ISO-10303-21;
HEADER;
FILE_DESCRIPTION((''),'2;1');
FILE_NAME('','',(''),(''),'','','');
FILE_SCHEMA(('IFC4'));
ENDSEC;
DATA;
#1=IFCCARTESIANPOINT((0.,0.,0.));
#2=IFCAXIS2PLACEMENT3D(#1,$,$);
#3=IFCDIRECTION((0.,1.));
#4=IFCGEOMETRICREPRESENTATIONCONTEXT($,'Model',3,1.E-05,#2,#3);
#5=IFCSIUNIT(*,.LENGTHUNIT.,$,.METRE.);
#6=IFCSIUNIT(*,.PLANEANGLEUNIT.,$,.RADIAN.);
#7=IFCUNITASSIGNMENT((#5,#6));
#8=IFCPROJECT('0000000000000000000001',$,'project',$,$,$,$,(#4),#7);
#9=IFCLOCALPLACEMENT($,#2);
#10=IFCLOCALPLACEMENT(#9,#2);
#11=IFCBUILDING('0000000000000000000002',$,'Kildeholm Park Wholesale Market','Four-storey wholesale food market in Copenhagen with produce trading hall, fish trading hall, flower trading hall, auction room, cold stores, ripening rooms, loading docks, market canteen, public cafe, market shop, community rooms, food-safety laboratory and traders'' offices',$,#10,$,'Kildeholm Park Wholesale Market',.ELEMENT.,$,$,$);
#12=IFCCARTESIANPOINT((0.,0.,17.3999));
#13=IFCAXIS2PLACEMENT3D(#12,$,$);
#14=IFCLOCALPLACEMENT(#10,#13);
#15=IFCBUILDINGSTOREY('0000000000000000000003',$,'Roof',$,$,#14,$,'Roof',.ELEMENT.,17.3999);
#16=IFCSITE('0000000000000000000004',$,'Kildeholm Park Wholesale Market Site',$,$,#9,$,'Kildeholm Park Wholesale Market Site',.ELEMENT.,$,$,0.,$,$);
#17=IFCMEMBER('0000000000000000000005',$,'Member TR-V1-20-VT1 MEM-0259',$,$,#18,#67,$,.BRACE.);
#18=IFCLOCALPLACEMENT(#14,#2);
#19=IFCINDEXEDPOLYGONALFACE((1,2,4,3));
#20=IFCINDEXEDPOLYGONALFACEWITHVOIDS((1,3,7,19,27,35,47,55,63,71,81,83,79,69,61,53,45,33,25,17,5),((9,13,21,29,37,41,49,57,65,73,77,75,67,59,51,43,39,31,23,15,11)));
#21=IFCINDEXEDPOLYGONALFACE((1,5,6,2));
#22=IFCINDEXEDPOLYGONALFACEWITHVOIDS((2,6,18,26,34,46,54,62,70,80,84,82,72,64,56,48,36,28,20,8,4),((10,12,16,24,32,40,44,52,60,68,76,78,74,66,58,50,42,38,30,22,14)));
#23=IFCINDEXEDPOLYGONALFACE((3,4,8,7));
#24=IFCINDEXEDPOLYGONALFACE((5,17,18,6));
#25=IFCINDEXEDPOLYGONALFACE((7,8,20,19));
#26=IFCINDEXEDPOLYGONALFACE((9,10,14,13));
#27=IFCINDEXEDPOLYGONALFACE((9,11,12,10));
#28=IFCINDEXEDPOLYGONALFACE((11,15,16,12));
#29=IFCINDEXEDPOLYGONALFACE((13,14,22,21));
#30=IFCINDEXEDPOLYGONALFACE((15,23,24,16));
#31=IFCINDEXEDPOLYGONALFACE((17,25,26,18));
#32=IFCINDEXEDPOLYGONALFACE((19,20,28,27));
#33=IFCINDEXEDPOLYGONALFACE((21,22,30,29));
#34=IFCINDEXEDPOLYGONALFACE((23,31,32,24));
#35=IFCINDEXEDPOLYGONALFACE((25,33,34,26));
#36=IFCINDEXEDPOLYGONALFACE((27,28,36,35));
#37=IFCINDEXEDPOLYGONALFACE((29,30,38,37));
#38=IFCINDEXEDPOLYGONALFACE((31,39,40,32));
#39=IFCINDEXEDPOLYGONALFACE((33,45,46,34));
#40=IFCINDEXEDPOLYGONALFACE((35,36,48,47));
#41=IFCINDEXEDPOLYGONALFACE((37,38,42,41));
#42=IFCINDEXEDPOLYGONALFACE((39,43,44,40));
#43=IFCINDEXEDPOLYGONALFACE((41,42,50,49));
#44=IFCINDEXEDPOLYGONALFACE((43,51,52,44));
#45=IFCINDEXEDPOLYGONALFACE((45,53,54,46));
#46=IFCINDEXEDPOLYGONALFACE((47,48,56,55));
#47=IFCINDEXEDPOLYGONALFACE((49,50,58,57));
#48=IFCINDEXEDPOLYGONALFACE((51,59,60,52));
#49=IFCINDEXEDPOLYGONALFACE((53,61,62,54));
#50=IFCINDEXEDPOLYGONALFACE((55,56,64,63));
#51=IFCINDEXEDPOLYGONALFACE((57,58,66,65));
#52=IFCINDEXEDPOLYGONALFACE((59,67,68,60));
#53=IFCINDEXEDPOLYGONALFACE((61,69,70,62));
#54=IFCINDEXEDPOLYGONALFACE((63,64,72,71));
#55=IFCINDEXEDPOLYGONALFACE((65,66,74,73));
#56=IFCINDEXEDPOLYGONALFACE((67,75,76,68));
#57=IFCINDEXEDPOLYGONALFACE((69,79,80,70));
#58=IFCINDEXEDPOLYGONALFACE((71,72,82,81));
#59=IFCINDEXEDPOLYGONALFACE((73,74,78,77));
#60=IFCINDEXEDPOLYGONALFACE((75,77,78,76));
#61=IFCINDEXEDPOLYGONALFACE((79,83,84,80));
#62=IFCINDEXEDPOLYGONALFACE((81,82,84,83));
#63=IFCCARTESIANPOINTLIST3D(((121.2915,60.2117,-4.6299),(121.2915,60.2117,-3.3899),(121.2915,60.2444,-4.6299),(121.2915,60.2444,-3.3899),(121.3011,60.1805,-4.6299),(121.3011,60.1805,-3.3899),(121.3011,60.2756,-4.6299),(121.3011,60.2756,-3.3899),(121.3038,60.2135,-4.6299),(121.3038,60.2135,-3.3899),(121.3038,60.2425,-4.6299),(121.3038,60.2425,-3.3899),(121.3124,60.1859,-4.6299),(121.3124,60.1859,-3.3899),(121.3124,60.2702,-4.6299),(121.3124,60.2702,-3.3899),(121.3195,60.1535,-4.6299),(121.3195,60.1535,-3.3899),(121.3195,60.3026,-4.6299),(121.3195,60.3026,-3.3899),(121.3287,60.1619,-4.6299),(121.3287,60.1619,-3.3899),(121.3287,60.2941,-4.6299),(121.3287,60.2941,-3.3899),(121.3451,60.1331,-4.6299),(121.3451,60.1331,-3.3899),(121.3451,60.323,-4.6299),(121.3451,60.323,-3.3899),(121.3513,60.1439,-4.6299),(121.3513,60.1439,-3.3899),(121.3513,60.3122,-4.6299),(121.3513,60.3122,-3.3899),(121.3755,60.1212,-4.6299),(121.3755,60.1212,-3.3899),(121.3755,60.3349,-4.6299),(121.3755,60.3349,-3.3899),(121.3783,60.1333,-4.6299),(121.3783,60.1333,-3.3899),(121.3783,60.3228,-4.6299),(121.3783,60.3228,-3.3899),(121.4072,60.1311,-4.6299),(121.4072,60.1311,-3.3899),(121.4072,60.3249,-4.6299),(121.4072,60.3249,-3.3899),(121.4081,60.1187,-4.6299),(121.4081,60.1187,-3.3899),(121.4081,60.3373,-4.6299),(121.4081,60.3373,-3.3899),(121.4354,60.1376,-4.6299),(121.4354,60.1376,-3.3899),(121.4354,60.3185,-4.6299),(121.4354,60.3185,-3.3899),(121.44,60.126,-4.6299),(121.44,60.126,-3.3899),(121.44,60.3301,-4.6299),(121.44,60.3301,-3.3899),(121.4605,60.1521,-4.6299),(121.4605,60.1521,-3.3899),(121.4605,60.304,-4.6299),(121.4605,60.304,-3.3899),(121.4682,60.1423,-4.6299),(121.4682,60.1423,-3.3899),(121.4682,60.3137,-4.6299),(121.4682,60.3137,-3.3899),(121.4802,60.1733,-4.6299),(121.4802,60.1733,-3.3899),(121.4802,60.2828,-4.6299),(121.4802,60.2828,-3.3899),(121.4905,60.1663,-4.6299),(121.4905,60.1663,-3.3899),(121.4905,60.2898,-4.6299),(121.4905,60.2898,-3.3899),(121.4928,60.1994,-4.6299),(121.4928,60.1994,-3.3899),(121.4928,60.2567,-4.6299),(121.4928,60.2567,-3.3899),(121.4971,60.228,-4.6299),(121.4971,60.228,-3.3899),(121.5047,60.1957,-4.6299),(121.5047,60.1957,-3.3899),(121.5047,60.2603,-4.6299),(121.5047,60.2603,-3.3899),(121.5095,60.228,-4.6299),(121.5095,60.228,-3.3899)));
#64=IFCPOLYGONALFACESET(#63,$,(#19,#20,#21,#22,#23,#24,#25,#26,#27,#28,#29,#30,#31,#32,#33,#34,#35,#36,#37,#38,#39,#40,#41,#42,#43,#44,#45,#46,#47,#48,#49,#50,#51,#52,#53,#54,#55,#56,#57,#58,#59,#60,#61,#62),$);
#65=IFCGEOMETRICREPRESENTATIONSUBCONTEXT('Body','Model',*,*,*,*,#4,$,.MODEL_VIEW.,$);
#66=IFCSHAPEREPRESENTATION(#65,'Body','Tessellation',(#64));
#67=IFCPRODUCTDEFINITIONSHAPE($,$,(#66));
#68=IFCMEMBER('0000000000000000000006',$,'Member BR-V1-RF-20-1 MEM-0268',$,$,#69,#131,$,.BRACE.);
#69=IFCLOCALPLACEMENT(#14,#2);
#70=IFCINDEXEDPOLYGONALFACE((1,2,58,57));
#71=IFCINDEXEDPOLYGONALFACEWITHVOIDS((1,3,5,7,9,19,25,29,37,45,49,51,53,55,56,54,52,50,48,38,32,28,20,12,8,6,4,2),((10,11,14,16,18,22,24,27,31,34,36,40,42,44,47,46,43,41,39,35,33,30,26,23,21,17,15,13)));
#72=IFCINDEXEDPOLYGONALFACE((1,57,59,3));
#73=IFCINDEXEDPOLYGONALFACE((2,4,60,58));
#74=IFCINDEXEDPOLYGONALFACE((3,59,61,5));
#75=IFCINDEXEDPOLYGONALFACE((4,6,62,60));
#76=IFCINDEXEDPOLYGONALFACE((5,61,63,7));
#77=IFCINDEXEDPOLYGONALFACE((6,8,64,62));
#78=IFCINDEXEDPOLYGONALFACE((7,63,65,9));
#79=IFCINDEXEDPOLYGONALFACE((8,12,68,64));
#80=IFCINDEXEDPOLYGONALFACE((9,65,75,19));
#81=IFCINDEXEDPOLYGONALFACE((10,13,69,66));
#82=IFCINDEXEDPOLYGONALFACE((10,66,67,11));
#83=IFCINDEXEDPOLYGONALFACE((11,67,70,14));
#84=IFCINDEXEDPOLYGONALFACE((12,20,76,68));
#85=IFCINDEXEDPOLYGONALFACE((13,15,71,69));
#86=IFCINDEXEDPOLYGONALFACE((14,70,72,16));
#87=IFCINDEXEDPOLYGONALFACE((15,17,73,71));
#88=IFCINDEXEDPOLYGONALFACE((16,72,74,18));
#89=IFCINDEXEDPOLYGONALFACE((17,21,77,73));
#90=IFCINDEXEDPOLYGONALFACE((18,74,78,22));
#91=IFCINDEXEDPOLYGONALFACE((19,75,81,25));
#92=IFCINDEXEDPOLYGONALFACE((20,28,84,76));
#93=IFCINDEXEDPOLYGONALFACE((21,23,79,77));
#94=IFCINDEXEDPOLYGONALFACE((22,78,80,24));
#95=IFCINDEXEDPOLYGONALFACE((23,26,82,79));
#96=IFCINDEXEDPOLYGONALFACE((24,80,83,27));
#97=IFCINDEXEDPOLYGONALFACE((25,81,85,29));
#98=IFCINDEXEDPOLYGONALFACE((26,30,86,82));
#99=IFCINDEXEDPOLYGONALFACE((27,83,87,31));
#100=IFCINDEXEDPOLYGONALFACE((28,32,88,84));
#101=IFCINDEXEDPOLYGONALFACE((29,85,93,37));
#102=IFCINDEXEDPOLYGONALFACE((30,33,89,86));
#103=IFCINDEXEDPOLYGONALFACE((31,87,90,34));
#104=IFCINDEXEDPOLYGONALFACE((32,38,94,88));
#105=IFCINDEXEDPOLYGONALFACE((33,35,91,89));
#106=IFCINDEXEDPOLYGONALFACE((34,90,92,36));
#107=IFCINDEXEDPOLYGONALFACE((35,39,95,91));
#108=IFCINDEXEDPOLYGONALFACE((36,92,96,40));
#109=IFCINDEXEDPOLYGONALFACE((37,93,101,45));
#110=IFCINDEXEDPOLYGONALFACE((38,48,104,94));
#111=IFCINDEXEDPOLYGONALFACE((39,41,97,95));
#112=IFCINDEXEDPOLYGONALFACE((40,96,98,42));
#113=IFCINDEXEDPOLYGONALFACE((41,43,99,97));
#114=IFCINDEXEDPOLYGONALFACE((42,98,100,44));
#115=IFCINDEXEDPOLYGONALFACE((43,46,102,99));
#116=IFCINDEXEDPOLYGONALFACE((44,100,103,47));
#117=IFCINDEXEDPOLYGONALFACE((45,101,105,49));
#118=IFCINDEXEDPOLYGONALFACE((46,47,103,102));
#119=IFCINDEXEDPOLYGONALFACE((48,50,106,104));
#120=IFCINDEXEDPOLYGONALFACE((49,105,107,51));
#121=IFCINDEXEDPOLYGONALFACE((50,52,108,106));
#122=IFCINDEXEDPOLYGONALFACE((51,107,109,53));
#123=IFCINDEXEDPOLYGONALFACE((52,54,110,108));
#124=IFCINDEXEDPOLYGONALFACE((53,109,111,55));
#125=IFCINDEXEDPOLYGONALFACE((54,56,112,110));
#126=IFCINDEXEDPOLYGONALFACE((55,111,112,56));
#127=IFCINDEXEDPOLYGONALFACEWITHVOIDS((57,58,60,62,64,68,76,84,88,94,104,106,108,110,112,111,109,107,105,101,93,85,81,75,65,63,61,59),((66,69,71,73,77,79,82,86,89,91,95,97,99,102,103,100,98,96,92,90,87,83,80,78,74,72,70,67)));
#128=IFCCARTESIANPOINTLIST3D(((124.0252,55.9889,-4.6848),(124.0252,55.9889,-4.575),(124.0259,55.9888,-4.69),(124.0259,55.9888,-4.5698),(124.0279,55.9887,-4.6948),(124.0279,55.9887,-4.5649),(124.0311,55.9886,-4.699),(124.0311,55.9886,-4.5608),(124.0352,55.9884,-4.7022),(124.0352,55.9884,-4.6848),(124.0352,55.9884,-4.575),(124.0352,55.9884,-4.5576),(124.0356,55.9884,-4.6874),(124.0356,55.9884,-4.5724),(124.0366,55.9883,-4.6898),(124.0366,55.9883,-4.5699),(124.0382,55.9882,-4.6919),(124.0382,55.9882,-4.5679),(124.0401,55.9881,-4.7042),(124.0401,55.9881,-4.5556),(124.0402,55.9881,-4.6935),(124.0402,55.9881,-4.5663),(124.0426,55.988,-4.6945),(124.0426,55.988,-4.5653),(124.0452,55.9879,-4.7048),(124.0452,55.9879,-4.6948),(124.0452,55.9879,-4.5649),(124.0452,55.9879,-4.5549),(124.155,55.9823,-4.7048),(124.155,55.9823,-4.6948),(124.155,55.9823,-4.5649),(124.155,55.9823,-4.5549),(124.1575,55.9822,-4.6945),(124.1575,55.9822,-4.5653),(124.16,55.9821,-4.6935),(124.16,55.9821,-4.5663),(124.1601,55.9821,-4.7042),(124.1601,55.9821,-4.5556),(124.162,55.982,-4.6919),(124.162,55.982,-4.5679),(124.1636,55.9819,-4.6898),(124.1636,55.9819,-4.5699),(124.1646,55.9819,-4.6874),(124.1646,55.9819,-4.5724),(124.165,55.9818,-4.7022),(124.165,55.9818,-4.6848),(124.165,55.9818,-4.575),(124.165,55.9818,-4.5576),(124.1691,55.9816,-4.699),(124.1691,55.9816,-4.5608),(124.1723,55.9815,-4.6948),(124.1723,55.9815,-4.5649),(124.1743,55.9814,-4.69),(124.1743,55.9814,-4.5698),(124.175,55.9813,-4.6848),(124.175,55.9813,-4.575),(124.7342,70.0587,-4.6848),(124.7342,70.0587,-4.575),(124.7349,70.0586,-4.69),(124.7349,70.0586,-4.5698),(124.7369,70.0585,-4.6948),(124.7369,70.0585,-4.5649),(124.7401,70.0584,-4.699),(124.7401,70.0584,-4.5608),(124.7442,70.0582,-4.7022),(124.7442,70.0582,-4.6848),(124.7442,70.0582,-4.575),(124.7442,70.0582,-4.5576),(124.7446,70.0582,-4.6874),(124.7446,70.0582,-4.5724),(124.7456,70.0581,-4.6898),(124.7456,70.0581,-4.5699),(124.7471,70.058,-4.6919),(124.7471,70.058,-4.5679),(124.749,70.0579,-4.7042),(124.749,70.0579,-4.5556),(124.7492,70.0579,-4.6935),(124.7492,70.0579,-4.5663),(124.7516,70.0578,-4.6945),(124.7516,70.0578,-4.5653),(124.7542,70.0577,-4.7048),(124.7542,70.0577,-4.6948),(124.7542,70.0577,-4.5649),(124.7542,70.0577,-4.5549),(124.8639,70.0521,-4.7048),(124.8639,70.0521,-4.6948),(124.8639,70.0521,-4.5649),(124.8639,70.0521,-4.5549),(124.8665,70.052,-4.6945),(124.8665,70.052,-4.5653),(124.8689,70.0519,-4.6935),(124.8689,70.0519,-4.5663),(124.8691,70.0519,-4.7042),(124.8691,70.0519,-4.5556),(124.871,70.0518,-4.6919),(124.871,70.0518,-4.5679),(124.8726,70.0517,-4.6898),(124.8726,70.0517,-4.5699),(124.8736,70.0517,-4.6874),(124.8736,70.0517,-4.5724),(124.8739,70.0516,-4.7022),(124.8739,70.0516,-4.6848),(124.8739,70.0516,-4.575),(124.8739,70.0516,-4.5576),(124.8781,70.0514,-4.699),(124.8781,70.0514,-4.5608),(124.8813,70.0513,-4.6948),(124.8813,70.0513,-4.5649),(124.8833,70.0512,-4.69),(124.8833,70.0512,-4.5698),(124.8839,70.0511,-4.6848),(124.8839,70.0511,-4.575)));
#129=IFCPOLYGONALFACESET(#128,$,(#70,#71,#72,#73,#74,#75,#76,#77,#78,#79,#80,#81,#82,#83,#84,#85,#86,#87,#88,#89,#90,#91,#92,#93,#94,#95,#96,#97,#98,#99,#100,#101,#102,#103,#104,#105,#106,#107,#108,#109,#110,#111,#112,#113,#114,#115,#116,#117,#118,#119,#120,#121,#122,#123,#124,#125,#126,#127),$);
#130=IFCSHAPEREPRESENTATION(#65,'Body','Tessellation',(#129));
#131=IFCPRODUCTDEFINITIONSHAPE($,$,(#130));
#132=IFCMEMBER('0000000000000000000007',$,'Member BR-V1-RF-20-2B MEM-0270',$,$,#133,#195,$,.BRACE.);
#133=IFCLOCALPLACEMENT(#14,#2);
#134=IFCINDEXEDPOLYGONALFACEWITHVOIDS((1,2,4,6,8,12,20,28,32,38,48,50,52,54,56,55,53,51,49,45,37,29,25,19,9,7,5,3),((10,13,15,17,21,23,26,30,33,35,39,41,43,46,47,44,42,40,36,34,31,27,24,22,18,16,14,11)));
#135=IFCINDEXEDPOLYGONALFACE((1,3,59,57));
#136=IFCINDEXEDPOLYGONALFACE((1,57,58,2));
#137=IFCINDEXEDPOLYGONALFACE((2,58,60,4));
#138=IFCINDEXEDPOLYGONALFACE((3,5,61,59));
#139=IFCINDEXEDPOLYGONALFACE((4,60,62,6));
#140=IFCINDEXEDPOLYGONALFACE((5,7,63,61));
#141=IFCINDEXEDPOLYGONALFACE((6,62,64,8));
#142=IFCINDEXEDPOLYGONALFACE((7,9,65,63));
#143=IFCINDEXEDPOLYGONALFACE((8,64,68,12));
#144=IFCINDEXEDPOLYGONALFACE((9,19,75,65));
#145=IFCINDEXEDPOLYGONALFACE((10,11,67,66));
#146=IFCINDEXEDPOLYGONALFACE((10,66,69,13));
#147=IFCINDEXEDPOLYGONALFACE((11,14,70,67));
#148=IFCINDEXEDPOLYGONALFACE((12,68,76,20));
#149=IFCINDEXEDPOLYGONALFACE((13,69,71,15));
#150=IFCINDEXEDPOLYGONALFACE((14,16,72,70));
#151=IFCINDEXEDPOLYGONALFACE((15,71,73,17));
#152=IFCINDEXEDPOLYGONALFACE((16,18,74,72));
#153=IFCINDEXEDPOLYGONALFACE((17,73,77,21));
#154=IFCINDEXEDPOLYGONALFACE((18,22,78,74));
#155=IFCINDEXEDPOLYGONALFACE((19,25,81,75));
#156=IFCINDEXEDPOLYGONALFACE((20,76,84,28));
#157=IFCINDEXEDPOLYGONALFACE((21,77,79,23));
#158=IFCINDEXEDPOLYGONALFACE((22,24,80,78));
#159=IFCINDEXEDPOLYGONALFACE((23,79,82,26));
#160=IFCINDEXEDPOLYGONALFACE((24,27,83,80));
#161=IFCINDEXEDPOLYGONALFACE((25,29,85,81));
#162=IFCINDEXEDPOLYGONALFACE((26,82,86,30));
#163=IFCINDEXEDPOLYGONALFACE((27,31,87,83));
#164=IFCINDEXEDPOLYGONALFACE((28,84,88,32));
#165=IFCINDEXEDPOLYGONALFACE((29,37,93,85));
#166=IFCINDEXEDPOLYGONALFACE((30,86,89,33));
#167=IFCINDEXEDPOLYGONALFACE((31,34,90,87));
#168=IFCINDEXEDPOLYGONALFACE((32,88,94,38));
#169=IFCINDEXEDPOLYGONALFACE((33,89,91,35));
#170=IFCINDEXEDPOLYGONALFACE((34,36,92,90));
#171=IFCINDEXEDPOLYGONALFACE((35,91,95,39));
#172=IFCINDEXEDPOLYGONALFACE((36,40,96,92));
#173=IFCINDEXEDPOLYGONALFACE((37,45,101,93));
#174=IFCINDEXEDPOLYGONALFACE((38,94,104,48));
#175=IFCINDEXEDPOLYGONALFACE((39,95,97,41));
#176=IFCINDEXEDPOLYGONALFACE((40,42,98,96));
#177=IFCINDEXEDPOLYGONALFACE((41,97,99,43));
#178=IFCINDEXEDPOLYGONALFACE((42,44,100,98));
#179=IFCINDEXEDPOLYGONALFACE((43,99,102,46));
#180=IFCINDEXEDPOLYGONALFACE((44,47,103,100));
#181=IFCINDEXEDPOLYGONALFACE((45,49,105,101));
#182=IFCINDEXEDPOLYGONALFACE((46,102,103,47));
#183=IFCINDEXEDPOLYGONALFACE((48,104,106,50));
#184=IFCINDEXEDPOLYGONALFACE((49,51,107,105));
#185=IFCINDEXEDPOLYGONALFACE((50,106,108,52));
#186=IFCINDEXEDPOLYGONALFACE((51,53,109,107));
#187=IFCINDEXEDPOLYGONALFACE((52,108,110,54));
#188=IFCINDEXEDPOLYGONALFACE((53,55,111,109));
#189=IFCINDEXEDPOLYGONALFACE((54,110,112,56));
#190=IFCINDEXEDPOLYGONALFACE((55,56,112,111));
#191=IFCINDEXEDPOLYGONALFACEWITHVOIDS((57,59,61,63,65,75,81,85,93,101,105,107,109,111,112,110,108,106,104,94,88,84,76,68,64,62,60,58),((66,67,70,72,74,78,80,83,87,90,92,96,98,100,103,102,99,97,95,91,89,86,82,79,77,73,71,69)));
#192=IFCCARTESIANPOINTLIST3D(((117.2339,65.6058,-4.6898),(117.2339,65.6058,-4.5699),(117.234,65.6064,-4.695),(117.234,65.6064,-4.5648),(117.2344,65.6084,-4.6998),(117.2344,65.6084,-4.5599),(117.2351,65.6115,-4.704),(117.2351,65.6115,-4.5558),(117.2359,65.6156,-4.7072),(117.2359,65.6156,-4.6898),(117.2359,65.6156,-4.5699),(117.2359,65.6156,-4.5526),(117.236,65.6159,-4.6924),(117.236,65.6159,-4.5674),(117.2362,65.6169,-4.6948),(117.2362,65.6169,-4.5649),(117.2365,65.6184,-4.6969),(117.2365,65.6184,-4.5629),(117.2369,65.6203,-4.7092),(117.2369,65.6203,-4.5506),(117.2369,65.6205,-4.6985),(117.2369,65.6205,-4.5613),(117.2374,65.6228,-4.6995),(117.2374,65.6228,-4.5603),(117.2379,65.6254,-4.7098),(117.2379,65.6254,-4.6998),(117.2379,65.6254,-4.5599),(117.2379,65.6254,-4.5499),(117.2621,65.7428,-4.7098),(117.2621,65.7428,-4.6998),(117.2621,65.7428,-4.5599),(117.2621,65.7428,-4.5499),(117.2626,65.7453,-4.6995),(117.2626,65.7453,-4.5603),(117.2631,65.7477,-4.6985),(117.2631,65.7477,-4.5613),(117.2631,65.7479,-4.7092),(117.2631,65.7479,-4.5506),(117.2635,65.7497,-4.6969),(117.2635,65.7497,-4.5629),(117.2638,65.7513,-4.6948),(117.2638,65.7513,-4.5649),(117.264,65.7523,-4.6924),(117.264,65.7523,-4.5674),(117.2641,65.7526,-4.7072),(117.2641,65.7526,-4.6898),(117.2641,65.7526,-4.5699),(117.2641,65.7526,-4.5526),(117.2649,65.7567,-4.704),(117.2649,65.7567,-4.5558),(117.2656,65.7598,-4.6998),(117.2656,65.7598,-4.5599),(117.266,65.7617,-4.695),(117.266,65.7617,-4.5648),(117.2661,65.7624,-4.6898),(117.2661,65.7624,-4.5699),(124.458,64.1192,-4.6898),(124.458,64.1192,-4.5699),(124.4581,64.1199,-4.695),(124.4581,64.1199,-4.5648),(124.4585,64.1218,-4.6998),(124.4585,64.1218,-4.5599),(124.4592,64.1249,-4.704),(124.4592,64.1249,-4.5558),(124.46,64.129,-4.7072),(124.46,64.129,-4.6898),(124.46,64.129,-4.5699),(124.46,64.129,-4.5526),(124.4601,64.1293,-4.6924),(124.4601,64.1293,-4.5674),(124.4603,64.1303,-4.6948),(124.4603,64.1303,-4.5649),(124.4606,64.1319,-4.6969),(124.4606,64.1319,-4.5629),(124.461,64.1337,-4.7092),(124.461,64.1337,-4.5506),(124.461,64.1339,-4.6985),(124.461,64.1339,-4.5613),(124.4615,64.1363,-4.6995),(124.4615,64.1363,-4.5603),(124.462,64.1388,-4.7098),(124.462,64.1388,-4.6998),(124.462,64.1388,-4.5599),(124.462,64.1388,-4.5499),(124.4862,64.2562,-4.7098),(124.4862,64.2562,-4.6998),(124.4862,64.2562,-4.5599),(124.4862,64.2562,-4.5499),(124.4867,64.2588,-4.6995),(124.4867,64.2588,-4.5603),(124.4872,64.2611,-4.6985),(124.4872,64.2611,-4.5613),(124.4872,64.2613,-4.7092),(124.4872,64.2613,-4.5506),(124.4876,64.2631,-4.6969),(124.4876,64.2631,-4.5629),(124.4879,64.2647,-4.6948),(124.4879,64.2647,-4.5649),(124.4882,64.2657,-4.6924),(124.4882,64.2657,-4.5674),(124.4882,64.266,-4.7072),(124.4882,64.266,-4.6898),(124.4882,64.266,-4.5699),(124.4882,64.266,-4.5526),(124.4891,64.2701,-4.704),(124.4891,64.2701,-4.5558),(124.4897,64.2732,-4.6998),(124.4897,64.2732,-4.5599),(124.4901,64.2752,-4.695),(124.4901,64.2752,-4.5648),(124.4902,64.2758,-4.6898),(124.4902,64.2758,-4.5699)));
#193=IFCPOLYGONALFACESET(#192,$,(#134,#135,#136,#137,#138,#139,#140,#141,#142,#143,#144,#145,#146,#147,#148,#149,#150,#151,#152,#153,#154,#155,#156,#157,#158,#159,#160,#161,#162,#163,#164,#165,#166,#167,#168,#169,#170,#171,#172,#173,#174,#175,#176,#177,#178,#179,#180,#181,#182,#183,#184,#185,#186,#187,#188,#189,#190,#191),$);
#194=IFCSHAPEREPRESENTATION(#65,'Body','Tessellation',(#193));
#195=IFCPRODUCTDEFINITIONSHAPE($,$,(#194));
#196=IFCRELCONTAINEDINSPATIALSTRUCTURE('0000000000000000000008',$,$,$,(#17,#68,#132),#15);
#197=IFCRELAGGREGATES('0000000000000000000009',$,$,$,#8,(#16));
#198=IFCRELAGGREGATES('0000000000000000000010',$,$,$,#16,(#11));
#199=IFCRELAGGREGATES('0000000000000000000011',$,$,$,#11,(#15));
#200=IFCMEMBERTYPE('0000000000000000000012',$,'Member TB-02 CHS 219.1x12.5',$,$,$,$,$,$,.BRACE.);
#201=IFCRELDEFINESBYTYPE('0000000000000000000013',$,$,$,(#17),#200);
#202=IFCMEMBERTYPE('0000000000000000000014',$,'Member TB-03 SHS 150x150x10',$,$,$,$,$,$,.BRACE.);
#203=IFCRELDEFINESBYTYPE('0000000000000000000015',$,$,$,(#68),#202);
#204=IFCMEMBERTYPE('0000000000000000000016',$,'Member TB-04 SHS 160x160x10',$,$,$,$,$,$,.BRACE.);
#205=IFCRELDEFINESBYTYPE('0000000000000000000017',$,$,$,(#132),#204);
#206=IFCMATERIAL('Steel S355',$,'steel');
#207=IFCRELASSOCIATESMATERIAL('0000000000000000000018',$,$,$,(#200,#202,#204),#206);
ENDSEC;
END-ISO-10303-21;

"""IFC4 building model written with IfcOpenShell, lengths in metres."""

from ifc_helpers import new_model, si_unit, direction, frame, origin, origin_2d, place, context, subcontext, project, spatial, hollow_rectangle, hollow_circle, extrude, material, material_profile, profile_set, type_object, element, save


model = new_model("IFC4")

# Units and contexts
model_context = context("Model", 3, precision=1e-05, world=origin(), true_north=direction((0.0, 1.0)))
body_context = subcontext(model_context, "Body", "Model", "MODEL_VIEW")
ifc_project = project(units=[si_unit("LENGTHUNIT", "METRE"), si_unit("PLANEANGLEUNIT", "RADIAN")], contexts=[model_context])

# Site, building, storey
site_placement = place(None, origin())
site = spatial("IfcSite", under=ifc_project, at=site_placement, Name="Kildeholm Park Wholesale Market Site", LongName="Kildeholm Park Wholesale Market Site", CompositionType="ELEMENT", RefElevation=0.0)
building_placement = place(site_placement, origin())
building = spatial("IfcBuilding", under=site, at=building_placement, Name="Kildeholm Park Wholesale Market", Description="Four-storey wholesale food market in Copenhagen with produce trading hall, fish trading hall, flower trading hall, auction room, cold stores, ripening rooms, loading docks, market canteen, public cafe, market shop, community rooms, food-safety laboratory and traders' offices", LongName="Kildeholm Park Wholesale Market", CompositionType="ELEMENT")
storey_placement = place(building_placement, frame((0.0, 0.0, 17.3999)))
storey = spatial("IfcBuildingStorey", under=building, at=storey_placement, Name="Roof", LongName="Roof", CompositionType="ELEMENT", Elevation=17.3999)

# Shared definitions
ifc_material_1 = material(Name="Steel S355", Category="steel")

# Members
ifc_material_profile_1 = material_profile(ifc_material_1, hollow_circle(Radius=0.1096, WallThickness=0.0125, at=origin_2d()), Name="CHS 219.1x12.5")
ifc_profile_set_1 = profile_set([ifc_material_profile_1], Name="Steel S355")
member_type_1 = type_object("IfcMemberType", Name="Member TB-02 CHS 219.1x12.5", PredefinedType="BRACE", material=ifc_profile_set_1)
member_1_placement = place(storey_placement, frame((121.3999, 60.228, -4.6299), z_axis=(0.0, 0.0, 1.0), x_axis=(1.0, 0.0, 0.0)))
element("IfcMember", 1, at=member_1_placement, inside=storey, type_object=member_type_1, Name="Member TR-V1-20-VT1 MEM-0259", PredefinedType="BRACE", context=body_context, shape_type="SweptSolid", body=[
    extrude(hollow_circle(Radius=0.1096, WallThickness=0.0125, at=origin_2d()), origin(), (0.0, 0.0, 1.0), 1.24),
])
ifc_material_profile_2 = material_profile(ifc_material_1, hollow_rectangle(XDim=0.1499, YDim=0.1499, WallThickness=0.01, InnerFilletRadius=0.01, OuterFilletRadius=0.02, at=origin_2d()), Name="SHS 150x150x10")
ifc_profile_set_2 = profile_set([ifc_material_profile_2], Name="Steel S355")
member_type_2 = type_object("IfcMemberType", Name="Member TB-03 SHS 150x150x10", PredefinedType="BRACE", material=ifc_profile_set_2)
member_2_placement = place(storey_placement, frame((124.1001, 55.9851, -4.6299), z_axis=(0.050327, 0.998733, 0.0), x_axis=(-0.998733, 0.050327, 0.0)))
element("IfcMember", 2, at=member_2_placement, inside=storey, type_object=member_type_2, Name="Member BR-V1-RF-20-1 MEM-0268", PredefinedType="BRACE", context=body_context, shape_type="SweptSolid", body=[
    extrude(hollow_rectangle(XDim=0.1499, YDim=0.1499, WallThickness=0.01, InnerFilletRadius=0.01, OuterFilletRadius=0.02, at=origin_2d()), origin(), (0.0, 0.0, 1.0), 14.0876),
])
ifc_material_profile_3 = material_profile(ifc_material_1, hollow_rectangle(XDim=0.1599, YDim=0.1599, WallThickness=0.01, InnerFilletRadius=0.01, OuterFilletRadius=0.02, at=origin_2d()), Name="SHS 160x160x10")
ifc_profile_set_3 = profile_set([ifc_material_profile_3], Name="Steel S355")
member_type_3 = type_object("IfcMemberType", Name="Member TB-04 SHS 160x160x10", PredefinedType="BRACE", material=ifc_profile_set_3)
member_3_placement = place(storey_placement, frame((124.4741, 64.1975, -4.6299), z_axis=(-0.979477, 0.201556, 0.0), x_axis=(-0.201556, -0.979477, 0.0)))
element("IfcMember", 3, at=member_3_placement, inside=storey, type_object=member_type_3, Name="Member BR-V1-RF-20-2B MEM-0270", PredefinedType="BRACE", context=body_context, shape_type="SweptSolid", body=[
    extrude(hollow_rectangle(XDim=0.1599, YDim=0.1599, WallThickness=0.01, InnerFilletRadius=0.01, OuterFilletRadius=0.02, at=origin_2d()), origin(), (0.0, 0.0, 1.0), 7.3755),
])

save(model, "model.ifc")
